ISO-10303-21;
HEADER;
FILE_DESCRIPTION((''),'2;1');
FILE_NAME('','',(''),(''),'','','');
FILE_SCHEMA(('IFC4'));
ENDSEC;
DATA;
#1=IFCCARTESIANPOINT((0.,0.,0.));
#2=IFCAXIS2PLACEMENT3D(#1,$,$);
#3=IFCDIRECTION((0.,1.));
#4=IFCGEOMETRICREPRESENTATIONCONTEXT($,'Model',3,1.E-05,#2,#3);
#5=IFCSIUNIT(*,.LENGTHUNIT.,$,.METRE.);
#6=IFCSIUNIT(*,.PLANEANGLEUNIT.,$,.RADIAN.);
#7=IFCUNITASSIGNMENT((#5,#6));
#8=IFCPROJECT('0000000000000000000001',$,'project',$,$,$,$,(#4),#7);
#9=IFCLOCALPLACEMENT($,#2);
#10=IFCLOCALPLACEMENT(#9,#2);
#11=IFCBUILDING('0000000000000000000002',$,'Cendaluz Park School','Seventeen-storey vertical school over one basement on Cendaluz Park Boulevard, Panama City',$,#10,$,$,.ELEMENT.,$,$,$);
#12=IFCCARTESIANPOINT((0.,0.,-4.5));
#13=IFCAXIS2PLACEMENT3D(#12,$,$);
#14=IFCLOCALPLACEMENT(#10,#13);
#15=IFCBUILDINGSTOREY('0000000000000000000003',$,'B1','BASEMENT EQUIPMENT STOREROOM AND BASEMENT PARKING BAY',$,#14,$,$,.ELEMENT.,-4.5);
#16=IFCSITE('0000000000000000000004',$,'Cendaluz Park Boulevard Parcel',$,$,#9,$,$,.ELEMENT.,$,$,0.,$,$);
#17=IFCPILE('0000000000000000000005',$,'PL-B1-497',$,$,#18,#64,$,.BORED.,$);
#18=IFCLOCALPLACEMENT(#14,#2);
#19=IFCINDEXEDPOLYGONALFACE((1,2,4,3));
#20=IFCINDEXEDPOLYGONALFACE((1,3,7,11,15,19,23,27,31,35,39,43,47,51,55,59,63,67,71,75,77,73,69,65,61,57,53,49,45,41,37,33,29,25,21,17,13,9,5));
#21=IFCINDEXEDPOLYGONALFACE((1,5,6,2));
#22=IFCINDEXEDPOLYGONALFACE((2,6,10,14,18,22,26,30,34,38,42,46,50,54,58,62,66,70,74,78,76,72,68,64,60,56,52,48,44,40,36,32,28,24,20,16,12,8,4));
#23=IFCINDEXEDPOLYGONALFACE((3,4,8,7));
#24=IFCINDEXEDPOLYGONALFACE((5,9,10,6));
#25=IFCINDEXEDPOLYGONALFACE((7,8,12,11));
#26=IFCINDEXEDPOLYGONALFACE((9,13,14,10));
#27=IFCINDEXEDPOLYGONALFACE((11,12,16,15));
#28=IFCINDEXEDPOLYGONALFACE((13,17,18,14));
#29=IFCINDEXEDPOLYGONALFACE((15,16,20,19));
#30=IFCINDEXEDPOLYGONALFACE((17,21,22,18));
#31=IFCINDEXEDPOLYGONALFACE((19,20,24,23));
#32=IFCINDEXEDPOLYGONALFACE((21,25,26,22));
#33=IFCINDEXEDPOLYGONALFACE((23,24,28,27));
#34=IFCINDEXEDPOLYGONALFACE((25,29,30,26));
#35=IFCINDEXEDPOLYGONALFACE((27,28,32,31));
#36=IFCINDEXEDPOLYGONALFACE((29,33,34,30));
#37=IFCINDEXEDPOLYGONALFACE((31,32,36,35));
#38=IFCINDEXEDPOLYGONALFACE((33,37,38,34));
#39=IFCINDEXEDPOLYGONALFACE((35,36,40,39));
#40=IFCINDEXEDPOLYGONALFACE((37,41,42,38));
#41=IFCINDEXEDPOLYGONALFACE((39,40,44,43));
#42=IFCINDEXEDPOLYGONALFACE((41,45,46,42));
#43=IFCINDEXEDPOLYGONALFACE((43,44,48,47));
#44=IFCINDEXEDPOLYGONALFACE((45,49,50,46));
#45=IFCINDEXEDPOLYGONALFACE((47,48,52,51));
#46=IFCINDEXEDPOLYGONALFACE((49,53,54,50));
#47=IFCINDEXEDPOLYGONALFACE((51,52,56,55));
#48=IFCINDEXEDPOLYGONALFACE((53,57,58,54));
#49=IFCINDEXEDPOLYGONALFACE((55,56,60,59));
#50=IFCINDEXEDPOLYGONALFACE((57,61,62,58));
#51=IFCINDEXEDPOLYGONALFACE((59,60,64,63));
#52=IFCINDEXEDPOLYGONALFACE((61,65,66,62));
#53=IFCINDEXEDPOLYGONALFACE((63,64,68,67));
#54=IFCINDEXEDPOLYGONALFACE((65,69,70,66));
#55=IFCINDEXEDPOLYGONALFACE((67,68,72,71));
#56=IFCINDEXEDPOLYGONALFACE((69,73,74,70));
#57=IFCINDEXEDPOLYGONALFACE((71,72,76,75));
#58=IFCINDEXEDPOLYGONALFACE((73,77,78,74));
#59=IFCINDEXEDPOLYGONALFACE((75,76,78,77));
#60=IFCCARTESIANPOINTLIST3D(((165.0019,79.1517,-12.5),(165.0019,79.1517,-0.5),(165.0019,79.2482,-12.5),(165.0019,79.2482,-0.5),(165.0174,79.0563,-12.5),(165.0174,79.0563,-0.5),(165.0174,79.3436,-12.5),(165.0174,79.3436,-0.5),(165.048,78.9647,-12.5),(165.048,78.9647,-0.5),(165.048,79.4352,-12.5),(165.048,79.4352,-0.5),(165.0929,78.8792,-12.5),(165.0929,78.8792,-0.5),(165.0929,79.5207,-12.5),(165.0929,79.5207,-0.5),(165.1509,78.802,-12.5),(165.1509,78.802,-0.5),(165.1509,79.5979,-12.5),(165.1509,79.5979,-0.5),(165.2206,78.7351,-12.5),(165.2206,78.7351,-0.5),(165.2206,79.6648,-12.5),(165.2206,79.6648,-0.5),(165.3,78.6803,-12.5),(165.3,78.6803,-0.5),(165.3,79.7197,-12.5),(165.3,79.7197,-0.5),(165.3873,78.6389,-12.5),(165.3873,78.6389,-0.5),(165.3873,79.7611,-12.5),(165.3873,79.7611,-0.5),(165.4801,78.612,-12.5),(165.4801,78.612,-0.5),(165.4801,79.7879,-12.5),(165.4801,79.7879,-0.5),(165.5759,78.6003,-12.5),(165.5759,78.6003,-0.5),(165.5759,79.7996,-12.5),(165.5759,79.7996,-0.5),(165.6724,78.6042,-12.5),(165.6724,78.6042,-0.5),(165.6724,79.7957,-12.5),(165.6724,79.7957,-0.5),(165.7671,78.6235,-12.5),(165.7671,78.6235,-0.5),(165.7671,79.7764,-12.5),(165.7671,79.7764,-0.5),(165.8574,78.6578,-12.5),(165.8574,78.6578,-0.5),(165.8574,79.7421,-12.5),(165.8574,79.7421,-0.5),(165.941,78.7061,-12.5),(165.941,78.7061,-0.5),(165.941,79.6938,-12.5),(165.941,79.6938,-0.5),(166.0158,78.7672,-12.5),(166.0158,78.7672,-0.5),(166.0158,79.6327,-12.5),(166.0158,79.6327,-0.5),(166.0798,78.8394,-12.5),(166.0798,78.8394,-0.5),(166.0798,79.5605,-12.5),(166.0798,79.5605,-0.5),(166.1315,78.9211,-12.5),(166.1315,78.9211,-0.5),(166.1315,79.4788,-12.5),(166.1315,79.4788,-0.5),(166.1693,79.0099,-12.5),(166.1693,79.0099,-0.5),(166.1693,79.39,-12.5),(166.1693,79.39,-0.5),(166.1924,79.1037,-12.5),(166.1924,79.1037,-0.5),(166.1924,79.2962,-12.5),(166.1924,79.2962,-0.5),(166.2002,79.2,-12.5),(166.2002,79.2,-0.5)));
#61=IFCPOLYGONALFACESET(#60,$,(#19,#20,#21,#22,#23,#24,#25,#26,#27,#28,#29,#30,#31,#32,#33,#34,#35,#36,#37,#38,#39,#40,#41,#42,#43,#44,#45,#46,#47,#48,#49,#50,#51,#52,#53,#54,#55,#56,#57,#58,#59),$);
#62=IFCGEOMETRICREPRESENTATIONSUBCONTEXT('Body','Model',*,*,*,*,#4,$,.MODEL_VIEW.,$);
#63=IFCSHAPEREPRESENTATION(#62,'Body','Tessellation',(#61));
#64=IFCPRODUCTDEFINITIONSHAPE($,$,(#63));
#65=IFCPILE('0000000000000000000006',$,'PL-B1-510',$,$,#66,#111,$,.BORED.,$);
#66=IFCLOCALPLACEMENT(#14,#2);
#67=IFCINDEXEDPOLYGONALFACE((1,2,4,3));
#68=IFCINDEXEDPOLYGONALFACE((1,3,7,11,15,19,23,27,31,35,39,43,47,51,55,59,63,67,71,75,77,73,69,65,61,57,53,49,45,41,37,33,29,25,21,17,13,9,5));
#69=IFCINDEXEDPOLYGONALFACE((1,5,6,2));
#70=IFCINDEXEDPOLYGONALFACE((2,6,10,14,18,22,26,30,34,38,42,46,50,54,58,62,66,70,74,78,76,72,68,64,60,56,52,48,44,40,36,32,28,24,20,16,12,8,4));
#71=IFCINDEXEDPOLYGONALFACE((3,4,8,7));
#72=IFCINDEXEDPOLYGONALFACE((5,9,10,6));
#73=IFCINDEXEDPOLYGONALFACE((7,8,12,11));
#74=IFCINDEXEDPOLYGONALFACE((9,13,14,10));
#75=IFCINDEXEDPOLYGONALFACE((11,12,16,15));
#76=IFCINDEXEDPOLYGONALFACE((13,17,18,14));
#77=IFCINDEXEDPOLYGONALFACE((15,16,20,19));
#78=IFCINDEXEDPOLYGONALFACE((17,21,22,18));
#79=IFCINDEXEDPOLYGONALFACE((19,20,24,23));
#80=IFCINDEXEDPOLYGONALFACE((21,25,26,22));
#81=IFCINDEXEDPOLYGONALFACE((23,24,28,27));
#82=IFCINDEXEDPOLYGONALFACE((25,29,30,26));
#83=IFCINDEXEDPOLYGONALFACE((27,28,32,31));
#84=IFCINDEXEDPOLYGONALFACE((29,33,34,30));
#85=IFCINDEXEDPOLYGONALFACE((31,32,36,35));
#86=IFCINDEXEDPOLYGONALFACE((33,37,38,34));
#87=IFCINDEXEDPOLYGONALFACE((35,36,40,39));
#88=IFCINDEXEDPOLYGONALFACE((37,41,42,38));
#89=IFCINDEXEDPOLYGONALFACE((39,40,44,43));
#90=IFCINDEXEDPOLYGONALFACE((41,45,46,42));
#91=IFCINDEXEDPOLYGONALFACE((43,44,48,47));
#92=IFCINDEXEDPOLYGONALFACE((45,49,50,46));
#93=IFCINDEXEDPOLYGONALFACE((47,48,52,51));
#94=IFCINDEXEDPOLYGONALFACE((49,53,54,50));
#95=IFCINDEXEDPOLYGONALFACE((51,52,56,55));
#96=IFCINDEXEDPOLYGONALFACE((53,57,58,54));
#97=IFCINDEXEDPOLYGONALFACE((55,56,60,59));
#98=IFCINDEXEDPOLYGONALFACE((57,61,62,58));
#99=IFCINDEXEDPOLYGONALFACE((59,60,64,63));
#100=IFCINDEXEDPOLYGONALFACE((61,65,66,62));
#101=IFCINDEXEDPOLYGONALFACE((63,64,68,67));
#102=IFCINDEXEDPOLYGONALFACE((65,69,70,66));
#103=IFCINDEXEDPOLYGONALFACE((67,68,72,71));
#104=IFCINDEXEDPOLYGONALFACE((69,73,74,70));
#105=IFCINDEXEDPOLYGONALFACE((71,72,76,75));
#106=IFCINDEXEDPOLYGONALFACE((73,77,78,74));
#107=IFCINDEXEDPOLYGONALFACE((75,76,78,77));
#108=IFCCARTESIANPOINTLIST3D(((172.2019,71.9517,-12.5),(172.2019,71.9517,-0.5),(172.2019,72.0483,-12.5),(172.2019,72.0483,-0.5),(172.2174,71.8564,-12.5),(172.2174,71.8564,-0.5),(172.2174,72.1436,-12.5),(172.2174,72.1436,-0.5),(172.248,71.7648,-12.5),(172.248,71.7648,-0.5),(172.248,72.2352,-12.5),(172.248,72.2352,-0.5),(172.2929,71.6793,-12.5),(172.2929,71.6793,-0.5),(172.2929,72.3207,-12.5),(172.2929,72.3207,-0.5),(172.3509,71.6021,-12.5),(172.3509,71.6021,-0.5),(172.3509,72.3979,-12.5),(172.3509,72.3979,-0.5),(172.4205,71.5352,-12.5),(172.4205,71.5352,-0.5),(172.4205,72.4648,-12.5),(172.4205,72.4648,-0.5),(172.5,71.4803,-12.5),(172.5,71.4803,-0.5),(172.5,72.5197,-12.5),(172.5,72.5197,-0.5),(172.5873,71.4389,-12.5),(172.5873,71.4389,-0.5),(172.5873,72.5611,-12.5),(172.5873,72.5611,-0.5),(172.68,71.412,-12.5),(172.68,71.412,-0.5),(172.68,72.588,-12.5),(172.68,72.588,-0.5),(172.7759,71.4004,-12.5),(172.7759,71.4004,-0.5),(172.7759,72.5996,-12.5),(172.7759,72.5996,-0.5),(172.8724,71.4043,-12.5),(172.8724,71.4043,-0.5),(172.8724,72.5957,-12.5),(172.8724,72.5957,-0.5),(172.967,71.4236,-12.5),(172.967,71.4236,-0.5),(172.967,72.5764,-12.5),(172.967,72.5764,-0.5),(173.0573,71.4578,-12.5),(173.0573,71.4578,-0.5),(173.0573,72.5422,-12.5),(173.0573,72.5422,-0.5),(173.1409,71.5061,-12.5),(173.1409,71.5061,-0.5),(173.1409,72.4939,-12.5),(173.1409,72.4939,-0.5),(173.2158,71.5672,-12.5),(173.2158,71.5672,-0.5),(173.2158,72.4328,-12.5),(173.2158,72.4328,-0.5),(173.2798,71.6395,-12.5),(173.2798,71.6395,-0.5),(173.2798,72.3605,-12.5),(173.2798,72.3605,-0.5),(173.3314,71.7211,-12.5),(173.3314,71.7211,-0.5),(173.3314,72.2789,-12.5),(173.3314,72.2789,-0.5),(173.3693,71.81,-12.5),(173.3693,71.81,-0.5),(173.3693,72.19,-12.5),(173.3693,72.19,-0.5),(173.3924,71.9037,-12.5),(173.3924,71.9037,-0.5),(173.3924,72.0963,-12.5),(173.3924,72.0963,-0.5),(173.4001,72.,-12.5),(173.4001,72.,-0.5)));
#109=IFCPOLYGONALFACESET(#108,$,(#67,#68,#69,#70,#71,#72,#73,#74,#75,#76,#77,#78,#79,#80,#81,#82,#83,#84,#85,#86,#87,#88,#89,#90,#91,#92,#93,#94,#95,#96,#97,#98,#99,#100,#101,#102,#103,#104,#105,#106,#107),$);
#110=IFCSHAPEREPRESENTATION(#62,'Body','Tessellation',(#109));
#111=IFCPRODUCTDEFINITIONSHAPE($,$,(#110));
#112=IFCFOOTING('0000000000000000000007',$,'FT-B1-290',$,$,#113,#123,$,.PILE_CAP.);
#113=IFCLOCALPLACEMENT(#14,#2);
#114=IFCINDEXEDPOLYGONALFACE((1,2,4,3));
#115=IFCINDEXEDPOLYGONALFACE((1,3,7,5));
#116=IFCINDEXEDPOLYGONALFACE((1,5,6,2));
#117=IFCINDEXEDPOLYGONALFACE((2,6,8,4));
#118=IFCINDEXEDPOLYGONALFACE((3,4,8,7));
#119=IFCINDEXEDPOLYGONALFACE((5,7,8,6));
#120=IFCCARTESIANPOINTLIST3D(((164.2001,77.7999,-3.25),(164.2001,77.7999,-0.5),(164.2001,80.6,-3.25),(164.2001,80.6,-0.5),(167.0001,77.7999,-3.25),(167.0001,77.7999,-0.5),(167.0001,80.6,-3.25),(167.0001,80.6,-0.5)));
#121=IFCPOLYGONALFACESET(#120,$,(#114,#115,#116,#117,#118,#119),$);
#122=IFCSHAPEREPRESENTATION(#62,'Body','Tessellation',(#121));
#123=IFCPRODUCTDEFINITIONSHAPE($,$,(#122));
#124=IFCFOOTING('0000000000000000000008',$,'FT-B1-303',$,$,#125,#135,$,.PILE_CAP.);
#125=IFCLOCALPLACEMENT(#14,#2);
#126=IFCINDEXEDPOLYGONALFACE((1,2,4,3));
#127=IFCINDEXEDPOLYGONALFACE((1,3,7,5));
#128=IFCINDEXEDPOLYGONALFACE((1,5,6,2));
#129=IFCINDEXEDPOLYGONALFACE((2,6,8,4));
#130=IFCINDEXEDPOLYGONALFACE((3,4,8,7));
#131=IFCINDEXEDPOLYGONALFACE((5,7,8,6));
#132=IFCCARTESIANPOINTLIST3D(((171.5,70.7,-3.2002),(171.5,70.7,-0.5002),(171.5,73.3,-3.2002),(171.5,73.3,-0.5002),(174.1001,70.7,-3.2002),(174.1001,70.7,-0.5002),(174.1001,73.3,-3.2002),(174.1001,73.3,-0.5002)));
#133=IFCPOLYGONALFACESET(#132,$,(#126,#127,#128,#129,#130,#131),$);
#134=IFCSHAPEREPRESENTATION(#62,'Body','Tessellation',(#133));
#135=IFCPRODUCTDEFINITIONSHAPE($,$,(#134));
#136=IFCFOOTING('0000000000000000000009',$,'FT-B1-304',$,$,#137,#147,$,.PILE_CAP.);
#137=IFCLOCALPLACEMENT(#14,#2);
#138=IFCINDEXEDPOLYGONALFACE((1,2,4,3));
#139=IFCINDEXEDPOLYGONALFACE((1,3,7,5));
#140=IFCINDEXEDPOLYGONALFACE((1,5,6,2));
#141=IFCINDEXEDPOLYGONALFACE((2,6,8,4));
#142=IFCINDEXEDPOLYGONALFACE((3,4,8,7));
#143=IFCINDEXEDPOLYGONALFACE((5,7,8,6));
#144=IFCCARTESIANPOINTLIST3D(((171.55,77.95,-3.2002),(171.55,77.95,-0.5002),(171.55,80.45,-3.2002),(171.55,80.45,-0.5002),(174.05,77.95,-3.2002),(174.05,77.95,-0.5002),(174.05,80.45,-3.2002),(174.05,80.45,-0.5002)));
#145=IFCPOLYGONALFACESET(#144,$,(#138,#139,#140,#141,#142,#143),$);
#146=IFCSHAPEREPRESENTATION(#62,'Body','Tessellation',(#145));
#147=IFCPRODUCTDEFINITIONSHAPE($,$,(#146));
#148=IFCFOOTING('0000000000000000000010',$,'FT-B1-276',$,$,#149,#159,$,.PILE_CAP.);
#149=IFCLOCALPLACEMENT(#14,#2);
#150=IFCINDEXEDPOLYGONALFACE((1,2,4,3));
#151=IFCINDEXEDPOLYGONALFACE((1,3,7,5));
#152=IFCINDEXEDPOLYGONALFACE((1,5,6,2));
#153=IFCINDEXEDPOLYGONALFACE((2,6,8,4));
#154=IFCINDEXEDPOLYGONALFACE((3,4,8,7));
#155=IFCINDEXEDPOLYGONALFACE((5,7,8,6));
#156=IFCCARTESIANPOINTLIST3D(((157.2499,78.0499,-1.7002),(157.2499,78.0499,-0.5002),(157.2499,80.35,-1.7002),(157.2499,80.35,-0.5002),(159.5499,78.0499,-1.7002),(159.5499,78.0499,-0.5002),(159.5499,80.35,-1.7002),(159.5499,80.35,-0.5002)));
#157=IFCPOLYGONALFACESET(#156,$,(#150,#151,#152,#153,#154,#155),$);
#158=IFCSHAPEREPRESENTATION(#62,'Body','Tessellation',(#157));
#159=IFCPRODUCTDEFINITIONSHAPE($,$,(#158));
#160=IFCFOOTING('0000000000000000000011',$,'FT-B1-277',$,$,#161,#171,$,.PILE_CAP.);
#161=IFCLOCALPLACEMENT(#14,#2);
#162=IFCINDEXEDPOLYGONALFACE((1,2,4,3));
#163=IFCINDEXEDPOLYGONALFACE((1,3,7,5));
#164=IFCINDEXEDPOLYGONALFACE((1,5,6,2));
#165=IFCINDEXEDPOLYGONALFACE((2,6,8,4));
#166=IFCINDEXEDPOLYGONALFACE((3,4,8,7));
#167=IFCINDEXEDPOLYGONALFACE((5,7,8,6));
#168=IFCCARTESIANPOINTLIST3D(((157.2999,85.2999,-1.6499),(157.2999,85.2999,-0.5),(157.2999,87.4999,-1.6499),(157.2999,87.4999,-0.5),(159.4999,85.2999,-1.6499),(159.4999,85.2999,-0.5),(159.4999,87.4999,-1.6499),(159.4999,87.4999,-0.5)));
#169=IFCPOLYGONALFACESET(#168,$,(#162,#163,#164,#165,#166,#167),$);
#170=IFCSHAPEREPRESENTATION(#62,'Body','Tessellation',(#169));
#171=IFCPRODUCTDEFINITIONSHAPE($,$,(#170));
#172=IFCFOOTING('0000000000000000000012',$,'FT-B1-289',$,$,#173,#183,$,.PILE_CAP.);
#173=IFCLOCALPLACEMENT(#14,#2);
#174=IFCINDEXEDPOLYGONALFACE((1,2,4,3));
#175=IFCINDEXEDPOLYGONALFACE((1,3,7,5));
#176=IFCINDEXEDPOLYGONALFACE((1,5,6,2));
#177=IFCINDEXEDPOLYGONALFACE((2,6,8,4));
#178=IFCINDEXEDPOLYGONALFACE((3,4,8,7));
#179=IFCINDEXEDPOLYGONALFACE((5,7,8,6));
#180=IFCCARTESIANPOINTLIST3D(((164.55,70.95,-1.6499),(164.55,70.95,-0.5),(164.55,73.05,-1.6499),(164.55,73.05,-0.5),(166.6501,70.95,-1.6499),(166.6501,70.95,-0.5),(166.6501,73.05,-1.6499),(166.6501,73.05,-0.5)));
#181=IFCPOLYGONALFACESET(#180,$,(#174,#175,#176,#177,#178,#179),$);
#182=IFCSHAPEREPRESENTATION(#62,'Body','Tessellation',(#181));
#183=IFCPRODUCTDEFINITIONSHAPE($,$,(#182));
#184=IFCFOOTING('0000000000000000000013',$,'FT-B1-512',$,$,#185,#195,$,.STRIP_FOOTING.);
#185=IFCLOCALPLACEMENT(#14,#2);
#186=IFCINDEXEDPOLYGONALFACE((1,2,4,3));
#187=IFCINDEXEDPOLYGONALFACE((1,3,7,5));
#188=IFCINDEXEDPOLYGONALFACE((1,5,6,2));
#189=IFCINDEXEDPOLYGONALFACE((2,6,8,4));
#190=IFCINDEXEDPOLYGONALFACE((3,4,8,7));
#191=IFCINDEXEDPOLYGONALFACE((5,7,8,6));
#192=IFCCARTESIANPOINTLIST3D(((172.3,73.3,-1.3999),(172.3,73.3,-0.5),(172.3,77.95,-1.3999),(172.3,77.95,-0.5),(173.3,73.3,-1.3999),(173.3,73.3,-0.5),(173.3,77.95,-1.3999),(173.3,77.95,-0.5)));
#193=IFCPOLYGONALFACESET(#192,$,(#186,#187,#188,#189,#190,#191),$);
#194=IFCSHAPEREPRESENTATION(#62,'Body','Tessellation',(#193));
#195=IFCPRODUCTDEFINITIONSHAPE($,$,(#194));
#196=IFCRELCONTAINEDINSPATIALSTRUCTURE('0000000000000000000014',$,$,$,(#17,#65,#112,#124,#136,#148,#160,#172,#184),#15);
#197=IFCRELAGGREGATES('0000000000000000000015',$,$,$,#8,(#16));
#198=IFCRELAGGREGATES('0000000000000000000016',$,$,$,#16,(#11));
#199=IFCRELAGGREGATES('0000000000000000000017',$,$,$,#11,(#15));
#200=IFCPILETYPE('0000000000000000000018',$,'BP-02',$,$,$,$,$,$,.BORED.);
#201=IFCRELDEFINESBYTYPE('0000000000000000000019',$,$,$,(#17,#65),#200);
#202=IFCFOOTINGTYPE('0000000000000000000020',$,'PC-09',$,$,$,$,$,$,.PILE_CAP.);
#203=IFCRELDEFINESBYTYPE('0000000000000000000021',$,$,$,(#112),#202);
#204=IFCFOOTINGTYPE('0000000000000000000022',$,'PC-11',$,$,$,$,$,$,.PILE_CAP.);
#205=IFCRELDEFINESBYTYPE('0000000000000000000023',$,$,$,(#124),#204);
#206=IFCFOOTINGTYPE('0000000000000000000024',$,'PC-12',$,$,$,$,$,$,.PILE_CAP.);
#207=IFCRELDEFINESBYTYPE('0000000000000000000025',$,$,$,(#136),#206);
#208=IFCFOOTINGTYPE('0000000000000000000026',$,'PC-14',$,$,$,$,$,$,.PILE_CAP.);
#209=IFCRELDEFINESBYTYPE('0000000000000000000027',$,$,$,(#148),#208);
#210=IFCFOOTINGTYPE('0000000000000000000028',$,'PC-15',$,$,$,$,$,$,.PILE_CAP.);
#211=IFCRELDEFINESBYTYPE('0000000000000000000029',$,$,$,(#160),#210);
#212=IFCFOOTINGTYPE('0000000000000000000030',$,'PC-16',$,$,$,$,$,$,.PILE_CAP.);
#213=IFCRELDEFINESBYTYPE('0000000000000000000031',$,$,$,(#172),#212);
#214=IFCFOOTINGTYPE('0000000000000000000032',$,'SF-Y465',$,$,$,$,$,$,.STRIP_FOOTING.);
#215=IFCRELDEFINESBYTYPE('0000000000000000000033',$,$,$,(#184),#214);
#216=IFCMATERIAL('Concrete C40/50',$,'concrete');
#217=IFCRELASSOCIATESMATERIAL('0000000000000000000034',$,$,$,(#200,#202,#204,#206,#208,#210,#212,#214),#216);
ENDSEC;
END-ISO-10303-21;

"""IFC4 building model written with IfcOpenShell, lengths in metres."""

from ifc_helpers import new_model, si_unit, direction, frame, origin, origin_2d, place, context, subcontext, project, spatial, rectangle, circle, extrude, material, material_profile, profile_set, type_object, element, save


model = new_model("IFC4")

# Units and contexts
model_context = context("Model", 3, precision=1e-05, world=origin(), true_north=direction((0.0, 1.0)))
body_context = subcontext(model_context, "Body", "Model", "MODEL_VIEW")
ifc_project = project(units=[si_unit("LENGTHUNIT", "METRE"), si_unit("PLANEANGLEUNIT", "RADIAN")], contexts=[model_context])

# Site, building, storey
site_placement = place(None, origin())
site = spatial("IfcSite", under=ifc_project, at=site_placement, Name="Cendaluz Park Boulevard Parcel", CompositionType="ELEMENT", RefElevation=0.0)
building_placement = place(site_placement, origin())
building = spatial("IfcBuilding", under=site, at=building_placement, Name="Cendaluz Park School", Description="Seventeen-storey vertical school over one basement on Cendaluz Park Boulevard, Panama City", CompositionType="ELEMENT")
storey_placement = place(building_placement, frame((0.0, 0.0, -4.5)))
storey = spatial("IfcBuildingStorey", under=building, at=storey_placement, Name="B1", Description="BASEMENT EQUIPMENT STOREROOM AND BASEMENT PARKING BAY", CompositionType="ELEMENT", Elevation=-4.5)

# Piles
ifc_material_1 = material(Name="Concrete C40/50", Category="concrete")
ifc_material_profile_1 = material_profile(ifc_material_1, circle(Radius=0.6001, at=origin_2d()), Name="BP D1200", Category="concrete")
ifc_profile_set_1 = profile_set([ifc_material_profile_1], Name="Concrete C40/50")
pile_type_1 = type_object("IfcPileType", Name="BP-02", PredefinedType="BORED", material=ifc_profile_set_1)
for number, where, z_axis, x_axis, name in (
    (1, (165.6001, 79.2, -0.5), (0.0, 0.0, -1.0), (1.0, 0.0, 0.0), "PL-B1-497"),
    (2, (172.8, 72.0, -0.5), (0.0, 0.0, -1.0), (1.0, 0.0, 0.0), "PL-B1-510"),
):
    element("IfcPile", number, at=place(storey_placement, frame(where, z_axis=z_axis, x_axis=x_axis)), inside=storey, type_object=pile_type_1, Name=name, PredefinedType="BORED", context=body_context, shape_type="SweptSolid", body=[
        extrude(circle(Radius=0.6001, at=origin_2d()), origin(), (0.0, 0.0, 1.0), 12.0),
    ])

# Footings
footing_type_1 = type_object("IfcFootingType", Name="PC-09", PredefinedType="PILE_CAP", material=ifc_material_1)
footing_1_placement = place(storey_placement, frame((165.6001, 79.2, -3.25), z_axis=(0.0, 0.0, 1.0), x_axis=(1.0, 0.0, 0.0)))
element("IfcFooting", 3, at=footing_1_placement, inside=storey, type_object=footing_type_1, Name="FT-B1-290", PredefinedType="PILE_CAP", context=body_context, shape_type="SweptSolid", body=[
    extrude(rectangle(XDim=2.8, YDim=2.8, at=origin_2d()), origin(), (0.0, 0.0, 1.0), 2.75),
])
footing_type_2 = type_object("IfcFootingType", Name="PC-11", PredefinedType="PILE_CAP", material=ifc_material_1)
footing_2_placement = place(storey_placement, frame((172.8, 72.0, -3.2002), z_axis=(0.0, 0.0, 1.0), x_axis=(1.0, 0.0, 0.0)))
element("IfcFooting", 4, at=footing_2_placement, inside=storey, type_object=footing_type_2, Name="FT-B1-303", PredefinedType="PILE_CAP", context=body_context, shape_type="SweptSolid", body=[
    extrude(rectangle(XDim=2.6001, YDim=2.6001, at=origin_2d()), origin(), (0.0, 0.0, 1.0), 2.7),
])
footing_type_3 = type_object("IfcFootingType", Name="PC-12", PredefinedType="PILE_CAP", material=ifc_material_1)
footing_3_placement = place(storey_placement, frame((172.8, 79.2, -3.2002), z_axis=(0.0, 0.0, 1.0), x_axis=(1.0, 0.0, 0.0)))
element("IfcFooting", 5, at=footing_3_placement, inside=storey, type_object=footing_type_3, Name="FT-B1-304", PredefinedType="PILE_CAP", context=body_context, shape_type="SweptSolid", body=[
    extrude(rectangle(XDim=2.5, YDim=2.5, at=origin_2d()), origin(), (0.0, 0.0, 1.0), 2.7),
])
footing_type_4 = type_object("IfcFootingType", Name="PC-14", PredefinedType="PILE_CAP", material=ifc_material_1)
footing_4_placement = place(storey_placement, frame((158.3999, 79.2, -1.7002), z_axis=(0.0, 0.0, 1.0), x_axis=(1.0, 0.0, 0.0)))
element("IfcFooting", 6, at=footing_4_placement, inside=storey, type_object=footing_type_4, Name="FT-B1-276", PredefinedType="PILE_CAP", context=body_context, shape_type="SweptSolid", body=[
    extrude(rectangle(XDim=2.3, YDim=2.3, at=origin_2d()), origin(), (0.0, 0.0, 1.0), 1.2),
])
footing_type_5 = type_object("IfcFootingType", Name="PC-15", PredefinedType="PILE_CAP", material=ifc_material_1)
footing_5_placement = place(storey_placement, frame((158.3999, 86.3999, -1.6499), z_axis=(0.0, 0.0, 1.0), x_axis=(1.0, 0.0, 0.0)))
element("IfcFooting", 7, at=footing_5_placement, inside=storey, type_object=footing_type_5, Name="FT-B1-277", PredefinedType="PILE_CAP", context=body_context, shape_type="SweptSolid", body=[
    extrude(rectangle(XDim=2.2, YDim=2.2, at=origin_2d()), origin(), (0.0, 0.0, 1.0), 1.1499),
])
footing_type_6 = type_object("IfcFootingType", Name="PC-16", PredefinedType="PILE_CAP", material=ifc_material_1)
footing_6_placement = place(storey_placement, frame((165.6001, 72.0, -1.6499), z_axis=(0.0, 0.0, 1.0), x_axis=(1.0, 0.0, 0.0)))
element("IfcFooting", 8, at=footing_6_placement, inside=storey, type_object=footing_type_6, Name="FT-B1-289", PredefinedType="PILE_CAP", context=body_context, shape_type="SweptSolid", body=[
    extrude(rectangle(XDim=2.1001, YDim=2.1001, at=origin_2d()), origin(), (0.0, 0.0, 1.0), 1.1499),
])
footing_type_7 = type_object("IfcFootingType", Name="SF-Y465", PredefinedType="STRIP_FOOTING", material=ifc_material_1)
footing_7_placement = place(storey_placement, frame((172.8, 75.625, -1.3999), z_axis=(0.0, 0.0, 1.0), x_axis=(1.0, 0.0, 0.0)))
element("IfcFooting", 9, at=footing_7_placement, inside=storey, type_object=footing_type_7, Name="FT-B1-512", PredefinedType="STRIP_FOOTING", context=body_context, shape_type="SweptSolid", body=[
    extrude(rectangle(XDim=1.0, YDim=4.6499, at=origin_2d()), origin(), (0.0, 0.0, 1.0), 0.8999),
])

save(model, "model.ifc")
